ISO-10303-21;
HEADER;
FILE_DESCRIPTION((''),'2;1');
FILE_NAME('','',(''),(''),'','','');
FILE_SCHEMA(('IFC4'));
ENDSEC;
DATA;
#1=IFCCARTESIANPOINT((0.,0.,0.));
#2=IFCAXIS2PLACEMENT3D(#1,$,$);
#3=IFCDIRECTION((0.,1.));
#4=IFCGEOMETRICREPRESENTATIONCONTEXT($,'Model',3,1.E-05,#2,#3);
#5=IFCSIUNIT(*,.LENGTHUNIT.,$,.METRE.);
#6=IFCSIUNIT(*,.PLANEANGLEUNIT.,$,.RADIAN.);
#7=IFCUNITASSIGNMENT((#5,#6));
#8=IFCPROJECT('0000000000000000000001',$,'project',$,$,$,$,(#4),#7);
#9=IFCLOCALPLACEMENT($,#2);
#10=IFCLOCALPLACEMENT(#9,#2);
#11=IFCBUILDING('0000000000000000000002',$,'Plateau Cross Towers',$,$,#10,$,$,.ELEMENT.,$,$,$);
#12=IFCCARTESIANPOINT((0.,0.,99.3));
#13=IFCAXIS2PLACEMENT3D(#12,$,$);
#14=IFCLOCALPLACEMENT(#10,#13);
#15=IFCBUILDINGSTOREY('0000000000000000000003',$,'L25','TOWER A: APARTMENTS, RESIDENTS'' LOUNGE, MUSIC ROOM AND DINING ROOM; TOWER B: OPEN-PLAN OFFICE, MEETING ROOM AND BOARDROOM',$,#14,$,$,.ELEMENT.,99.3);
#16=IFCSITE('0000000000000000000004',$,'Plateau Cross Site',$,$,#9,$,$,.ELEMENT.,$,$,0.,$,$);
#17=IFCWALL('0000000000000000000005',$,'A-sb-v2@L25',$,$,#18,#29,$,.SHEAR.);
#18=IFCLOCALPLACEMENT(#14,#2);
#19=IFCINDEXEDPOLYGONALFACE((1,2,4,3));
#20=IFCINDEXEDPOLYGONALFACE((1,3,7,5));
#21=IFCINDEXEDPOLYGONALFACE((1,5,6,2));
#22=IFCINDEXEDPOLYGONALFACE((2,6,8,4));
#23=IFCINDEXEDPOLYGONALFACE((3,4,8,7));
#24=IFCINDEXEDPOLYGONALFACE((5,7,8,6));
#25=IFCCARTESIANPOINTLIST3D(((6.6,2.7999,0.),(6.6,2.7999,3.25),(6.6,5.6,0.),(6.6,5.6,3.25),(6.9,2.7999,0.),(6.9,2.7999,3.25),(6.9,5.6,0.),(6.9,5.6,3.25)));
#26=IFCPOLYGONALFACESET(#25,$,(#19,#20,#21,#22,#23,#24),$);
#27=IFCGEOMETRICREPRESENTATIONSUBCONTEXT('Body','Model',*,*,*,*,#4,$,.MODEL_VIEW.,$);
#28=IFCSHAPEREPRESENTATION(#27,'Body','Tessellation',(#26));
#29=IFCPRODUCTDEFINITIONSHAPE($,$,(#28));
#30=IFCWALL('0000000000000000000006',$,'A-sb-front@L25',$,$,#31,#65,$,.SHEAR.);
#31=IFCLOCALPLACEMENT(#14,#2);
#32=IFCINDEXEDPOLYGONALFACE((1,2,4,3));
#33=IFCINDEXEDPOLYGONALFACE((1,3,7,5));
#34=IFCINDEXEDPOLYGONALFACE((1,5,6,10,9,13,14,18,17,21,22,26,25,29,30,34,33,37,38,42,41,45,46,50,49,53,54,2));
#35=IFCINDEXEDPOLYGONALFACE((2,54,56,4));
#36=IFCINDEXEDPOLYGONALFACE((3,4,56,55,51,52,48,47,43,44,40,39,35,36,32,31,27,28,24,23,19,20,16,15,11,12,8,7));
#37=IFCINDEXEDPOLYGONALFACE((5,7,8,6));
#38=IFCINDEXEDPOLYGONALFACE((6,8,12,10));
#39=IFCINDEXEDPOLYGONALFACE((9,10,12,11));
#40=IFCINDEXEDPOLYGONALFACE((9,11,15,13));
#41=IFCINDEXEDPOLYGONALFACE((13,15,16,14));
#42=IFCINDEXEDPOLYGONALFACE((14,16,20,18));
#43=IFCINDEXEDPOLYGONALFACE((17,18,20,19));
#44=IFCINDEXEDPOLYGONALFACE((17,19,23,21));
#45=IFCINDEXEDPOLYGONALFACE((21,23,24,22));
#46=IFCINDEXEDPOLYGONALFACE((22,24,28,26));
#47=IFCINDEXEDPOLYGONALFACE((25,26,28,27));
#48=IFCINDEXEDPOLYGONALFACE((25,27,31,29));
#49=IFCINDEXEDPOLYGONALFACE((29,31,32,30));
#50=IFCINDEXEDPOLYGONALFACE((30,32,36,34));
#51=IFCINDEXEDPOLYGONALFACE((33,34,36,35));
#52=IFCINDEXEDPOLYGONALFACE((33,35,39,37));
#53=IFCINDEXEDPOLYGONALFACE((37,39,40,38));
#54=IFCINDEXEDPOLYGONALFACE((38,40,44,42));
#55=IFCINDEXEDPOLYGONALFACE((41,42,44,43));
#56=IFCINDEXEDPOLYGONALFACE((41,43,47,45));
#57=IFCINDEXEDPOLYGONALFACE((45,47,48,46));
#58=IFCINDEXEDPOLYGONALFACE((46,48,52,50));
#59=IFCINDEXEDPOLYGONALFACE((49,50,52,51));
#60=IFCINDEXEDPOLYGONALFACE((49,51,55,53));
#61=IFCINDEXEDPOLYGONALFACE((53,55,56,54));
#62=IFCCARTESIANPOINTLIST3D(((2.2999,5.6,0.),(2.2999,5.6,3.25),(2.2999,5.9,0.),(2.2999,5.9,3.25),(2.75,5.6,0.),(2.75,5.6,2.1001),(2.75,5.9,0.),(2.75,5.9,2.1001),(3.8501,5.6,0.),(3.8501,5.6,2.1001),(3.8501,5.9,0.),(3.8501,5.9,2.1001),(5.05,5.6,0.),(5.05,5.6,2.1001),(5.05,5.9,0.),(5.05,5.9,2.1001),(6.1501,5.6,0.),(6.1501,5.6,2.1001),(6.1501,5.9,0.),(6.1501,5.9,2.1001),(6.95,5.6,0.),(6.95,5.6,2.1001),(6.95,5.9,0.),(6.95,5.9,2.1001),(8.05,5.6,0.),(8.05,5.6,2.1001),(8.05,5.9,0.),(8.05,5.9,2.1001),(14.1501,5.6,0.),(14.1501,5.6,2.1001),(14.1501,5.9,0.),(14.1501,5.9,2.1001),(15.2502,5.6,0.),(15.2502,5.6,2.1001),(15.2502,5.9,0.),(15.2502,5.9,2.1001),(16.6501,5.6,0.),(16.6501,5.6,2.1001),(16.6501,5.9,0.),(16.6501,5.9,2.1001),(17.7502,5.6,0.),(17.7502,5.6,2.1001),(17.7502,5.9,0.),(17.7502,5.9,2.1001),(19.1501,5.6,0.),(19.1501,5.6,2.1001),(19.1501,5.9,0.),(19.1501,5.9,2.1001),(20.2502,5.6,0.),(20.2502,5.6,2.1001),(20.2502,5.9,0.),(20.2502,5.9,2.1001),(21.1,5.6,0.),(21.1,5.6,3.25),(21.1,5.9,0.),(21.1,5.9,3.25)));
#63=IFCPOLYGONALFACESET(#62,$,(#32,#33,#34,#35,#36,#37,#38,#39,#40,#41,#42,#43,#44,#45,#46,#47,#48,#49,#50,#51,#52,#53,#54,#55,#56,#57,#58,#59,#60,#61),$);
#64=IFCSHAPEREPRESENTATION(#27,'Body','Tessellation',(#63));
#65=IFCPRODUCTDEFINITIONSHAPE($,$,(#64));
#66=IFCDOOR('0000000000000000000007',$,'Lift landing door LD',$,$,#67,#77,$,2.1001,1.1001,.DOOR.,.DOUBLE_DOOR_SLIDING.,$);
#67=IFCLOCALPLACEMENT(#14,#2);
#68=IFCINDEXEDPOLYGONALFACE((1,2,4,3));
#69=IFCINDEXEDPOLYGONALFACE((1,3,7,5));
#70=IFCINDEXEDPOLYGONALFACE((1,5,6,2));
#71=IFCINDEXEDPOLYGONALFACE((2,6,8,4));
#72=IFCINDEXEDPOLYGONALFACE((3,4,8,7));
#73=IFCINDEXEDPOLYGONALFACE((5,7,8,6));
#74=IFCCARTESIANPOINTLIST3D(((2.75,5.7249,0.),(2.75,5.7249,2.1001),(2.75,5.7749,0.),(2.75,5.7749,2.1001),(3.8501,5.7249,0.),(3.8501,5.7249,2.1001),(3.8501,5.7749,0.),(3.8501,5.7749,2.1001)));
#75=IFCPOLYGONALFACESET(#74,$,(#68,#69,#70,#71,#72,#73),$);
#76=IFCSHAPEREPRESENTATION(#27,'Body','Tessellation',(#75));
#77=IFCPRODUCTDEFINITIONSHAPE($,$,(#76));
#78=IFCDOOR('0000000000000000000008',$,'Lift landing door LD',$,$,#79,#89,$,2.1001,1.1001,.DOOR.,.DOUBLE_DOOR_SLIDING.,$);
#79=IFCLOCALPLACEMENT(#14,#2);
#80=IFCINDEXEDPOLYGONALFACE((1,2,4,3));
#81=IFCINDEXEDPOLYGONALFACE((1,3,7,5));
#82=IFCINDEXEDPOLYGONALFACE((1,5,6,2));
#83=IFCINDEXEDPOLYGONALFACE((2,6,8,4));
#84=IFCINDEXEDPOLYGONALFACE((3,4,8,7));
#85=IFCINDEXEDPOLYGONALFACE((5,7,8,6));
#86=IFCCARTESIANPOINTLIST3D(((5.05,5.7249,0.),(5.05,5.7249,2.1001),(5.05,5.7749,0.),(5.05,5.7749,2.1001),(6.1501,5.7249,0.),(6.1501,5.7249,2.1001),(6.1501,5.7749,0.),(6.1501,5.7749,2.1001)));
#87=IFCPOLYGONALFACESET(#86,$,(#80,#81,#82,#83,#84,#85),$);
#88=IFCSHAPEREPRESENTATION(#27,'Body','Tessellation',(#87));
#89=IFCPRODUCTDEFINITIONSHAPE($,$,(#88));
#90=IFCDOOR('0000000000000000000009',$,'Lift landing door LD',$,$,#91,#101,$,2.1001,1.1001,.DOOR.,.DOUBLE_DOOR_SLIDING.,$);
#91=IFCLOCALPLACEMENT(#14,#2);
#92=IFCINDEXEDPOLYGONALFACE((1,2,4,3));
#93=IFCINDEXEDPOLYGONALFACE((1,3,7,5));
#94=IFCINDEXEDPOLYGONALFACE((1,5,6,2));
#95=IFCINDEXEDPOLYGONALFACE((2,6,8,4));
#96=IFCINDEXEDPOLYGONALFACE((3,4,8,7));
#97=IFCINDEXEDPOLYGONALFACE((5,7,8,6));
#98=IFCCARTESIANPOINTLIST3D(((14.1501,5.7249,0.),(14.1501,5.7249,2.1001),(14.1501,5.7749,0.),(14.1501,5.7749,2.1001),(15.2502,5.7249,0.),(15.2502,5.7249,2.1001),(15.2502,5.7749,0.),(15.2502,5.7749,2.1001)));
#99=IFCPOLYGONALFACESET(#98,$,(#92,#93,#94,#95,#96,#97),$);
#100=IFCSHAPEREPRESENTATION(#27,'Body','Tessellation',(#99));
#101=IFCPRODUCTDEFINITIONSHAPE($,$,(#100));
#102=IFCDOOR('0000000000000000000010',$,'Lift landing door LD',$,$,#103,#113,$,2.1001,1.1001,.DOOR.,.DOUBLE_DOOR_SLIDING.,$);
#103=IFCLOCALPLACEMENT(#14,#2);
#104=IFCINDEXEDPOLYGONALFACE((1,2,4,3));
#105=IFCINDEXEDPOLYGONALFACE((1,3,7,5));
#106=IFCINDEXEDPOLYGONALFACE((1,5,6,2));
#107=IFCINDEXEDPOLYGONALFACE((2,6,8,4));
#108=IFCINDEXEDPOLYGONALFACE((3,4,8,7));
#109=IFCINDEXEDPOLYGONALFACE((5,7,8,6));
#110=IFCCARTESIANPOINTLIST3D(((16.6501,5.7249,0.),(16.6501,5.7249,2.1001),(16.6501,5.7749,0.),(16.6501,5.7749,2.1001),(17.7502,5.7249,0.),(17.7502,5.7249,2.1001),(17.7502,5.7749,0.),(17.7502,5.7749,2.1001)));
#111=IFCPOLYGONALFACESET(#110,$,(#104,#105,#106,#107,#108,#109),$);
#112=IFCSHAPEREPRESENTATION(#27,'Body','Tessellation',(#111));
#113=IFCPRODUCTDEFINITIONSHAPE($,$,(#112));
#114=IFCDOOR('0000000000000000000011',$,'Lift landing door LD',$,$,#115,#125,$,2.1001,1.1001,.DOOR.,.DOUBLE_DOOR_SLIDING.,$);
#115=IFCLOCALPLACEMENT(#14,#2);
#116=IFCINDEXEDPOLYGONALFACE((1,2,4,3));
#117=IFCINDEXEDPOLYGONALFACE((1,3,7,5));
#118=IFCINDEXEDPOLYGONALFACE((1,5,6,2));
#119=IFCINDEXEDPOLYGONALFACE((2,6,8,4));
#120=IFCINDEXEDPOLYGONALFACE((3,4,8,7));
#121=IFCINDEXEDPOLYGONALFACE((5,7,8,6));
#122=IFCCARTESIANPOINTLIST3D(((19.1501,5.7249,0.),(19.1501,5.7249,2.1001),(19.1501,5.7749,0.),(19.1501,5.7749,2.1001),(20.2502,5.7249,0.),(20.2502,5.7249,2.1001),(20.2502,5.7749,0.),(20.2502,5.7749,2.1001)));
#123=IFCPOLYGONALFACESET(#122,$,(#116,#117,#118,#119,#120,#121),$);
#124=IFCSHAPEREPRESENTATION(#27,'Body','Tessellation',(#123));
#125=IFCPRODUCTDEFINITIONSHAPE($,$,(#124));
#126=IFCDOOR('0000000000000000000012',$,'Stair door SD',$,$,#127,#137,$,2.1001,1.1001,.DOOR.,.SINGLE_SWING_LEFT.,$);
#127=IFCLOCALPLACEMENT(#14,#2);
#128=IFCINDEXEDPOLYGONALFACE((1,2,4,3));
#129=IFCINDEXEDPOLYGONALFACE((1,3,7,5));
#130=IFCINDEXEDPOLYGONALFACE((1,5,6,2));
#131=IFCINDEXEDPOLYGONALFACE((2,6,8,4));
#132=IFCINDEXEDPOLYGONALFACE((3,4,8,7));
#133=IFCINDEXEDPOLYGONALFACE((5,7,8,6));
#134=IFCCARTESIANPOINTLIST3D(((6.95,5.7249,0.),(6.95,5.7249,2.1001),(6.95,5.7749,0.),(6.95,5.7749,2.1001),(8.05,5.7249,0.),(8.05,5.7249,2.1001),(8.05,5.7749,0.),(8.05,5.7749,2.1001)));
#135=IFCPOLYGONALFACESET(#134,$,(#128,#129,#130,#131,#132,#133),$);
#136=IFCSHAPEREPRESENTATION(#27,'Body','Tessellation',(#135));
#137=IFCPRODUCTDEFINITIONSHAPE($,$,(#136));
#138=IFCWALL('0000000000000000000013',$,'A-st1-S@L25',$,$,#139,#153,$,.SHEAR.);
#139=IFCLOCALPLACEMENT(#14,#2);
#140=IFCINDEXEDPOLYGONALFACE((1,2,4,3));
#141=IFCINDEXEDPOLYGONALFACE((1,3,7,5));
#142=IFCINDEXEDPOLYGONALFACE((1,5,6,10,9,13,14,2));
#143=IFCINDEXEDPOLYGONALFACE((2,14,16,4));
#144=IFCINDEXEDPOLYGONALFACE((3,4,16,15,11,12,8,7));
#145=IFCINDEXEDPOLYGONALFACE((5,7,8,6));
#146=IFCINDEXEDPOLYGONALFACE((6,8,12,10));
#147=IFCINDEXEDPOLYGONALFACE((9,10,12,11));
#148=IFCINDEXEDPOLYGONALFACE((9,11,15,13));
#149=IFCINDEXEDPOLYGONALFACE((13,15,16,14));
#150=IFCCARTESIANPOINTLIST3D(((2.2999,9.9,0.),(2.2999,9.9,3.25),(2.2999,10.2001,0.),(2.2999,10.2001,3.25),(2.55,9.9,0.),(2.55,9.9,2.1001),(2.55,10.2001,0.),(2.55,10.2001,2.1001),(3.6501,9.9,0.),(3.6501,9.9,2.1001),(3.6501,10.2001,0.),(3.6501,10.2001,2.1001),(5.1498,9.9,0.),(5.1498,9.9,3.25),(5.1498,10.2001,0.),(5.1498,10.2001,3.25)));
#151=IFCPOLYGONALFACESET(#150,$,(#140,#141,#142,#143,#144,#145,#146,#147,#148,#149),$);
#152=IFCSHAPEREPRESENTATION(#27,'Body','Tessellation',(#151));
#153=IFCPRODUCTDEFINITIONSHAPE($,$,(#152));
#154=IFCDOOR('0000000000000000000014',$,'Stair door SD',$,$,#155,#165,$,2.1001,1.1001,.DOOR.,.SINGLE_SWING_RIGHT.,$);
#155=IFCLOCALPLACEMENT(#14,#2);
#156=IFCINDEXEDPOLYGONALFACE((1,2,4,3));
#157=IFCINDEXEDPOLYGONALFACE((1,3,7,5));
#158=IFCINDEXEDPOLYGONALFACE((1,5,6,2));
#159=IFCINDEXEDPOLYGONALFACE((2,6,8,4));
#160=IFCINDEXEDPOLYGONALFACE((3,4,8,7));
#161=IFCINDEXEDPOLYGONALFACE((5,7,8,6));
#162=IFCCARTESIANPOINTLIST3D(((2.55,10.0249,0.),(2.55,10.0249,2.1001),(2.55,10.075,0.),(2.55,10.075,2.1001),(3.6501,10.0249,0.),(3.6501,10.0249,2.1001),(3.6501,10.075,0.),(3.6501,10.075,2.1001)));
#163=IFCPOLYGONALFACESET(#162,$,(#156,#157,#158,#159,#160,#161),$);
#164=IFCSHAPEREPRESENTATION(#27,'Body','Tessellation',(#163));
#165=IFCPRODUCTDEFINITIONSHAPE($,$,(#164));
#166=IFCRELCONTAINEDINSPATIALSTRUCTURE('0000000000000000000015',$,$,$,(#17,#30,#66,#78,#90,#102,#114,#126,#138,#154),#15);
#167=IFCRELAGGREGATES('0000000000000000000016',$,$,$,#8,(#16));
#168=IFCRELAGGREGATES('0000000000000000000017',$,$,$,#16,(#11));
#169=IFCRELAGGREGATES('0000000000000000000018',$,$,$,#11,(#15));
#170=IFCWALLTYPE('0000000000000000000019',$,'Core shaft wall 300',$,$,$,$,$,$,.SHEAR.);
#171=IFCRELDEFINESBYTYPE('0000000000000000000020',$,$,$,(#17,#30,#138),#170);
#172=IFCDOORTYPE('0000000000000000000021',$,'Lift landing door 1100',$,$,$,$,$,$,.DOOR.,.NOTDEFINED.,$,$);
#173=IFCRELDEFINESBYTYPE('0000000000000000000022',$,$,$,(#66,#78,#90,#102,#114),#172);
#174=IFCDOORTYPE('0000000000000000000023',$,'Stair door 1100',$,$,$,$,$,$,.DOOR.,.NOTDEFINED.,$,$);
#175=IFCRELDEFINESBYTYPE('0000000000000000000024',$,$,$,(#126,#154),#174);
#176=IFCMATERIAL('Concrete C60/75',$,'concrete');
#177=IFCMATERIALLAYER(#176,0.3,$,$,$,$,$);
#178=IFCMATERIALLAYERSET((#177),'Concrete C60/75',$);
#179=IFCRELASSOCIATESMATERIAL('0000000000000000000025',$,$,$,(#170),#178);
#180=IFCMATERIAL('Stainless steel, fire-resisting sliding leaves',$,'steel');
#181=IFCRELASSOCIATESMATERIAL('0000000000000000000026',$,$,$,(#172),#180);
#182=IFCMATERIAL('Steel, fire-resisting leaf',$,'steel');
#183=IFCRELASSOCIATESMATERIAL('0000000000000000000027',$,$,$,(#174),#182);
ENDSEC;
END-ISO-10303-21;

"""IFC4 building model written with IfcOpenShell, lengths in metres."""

from ifc_helpers import new_model, si_unit, direction, frame, frame_2d, origin, place, context, subcontext, project, spatial, rectangle, extrude, material, layer, layer_set, type_object, element, fill, save


model = new_model("IFC4")

# Units and contexts
model_context = context("Model", 3, precision=1e-05, world=origin(), true_north=direction((0.0, 1.0)))
body_context = subcontext(model_context, "Body", "Model", "MODEL_VIEW")
ifc_project = project(units=[si_unit("LENGTHUNIT", "METRE"), si_unit("PLANEANGLEUNIT", "RADIAN")], contexts=[model_context])

# Site, building, storey
site_placement = place(None, origin())
site = spatial("IfcSite", under=ifc_project, at=site_placement, Name="Plateau Cross Site", CompositionType="ELEMENT", RefElevation=0.0)
building_placement = place(site_placement, origin())
building = spatial("IfcBuilding", under=site, at=building_placement, Name="Plateau Cross Towers", CompositionType="ELEMENT")
storey_placement = place(building_placement, frame((0.0, 0.0, 99.3)))
storey = spatial("IfcBuildingStorey", under=building, at=storey_placement, Name="L25", Description="TOWER A: APARTMENTS, RESIDENTS' LOUNGE, MUSIC ROOM AND DINING ROOM; TOWER B: OPEN-PLAN OFFICE, MEETING ROOM AND BOARDROOM", CompositionType="ELEMENT", Elevation=99.3)

# Shared definitions
ifc_material_1 = material(Name="Steel, fire-resisting leaf", Category="steel")

# Wall
ifc_material_2 = material(Name="Concrete C60/75", Category="concrete")
ifc_layer_1 = layer(ifc_material_2, 0.3)
ifc_layer_set_1 = layer_set([ifc_layer_1], Name="Concrete C60/75")
wall_type_1 = type_object("IfcWallType", Name="Core shaft wall 300", PredefinedType="SHEAR", material=ifc_layer_set_1)
wall_1_placement = place(storey_placement, frame((6.75, 2.8, 0.0), z_axis=(0.0, 0.0, 1.0), x_axis=(0.0, 1.0, 0.0)))
element("IfcWall", 1, at=wall_1_placement, inside=storey, type_object=wall_type_1, Name="A-sb-v2@L25", PredefinedType="SHEAR", context=body_context, shape_type="SweptSolid", body=[
    extrude(rectangle(XDim=2.8, YDim=0.3, at=frame_2d((1.3999, 0.0))), origin(), (0.0, 0.0, 1.0), 3.25),
])

# Wall, openings, doors
wall_2_placement = place(storey_placement, frame((2.3, 5.75, 0.0), z_axis=(0.0, 0.0, 1.0), x_axis=(1.0, 0.0, 0.0)))
wall_2 = element("IfcWall", 2, at=wall_2_placement, inside=storey, type_object=wall_type_1, Name="A-sb-front@L25", PredefinedType="SHEAR", context=body_context, shape_type="SweptSolid", body=[
    extrude(rectangle(XDim=18.8, YDim=0.3, at=frame_2d((9.3999, 0.0))), origin(), (0.0, 0.0, 1.0), 3.25),
])
opening_1_placement = place(wall_2_placement, frame((4.6499, 0.0, 0.0)))
opening_1 = element("IfcOpeningElement", 3, at=opening_1_placement, cuts=wall_2, PredefinedType="OPENING", context=body_context, shape_type="SweptSolid", body=[
    extrude(rectangle(XDim=1.1001, YDim=2.1001, at=frame_2d((0.55, 1.05))), frame((0.0, 0.1599, 0.0), z_axis=(0.0, -1.0, 0.0), x_axis=(1.0, 0.0, 0.0)), (0.0, 0.0, 1.0), 0.3201),
])
opening_2_placement = place(wall_2_placement, frame((0.45, 0.0, 0.0)))
opening_2 = element("IfcOpeningElement", 4, at=opening_2_placement, cuts=wall_2, PredefinedType="OPENING", context=body_context, shape_type="SweptSolid", body=[
    extrude(rectangle(XDim=1.1001, YDim=2.1001, at=frame_2d((0.55, 1.05))), frame((0.0, 0.1599, 0.0), z_axis=(0.0, -1.0, 0.0), x_axis=(1.0, 0.0, 0.0)), (0.0, 0.0, 1.0), 0.3201),
])
opening_3_placement = place(wall_2_placement, frame((2.75, 0.0, 0.0)))
opening_3 = element("IfcOpeningElement", 5, at=opening_3_placement, cuts=wall_2, PredefinedType="OPENING", context=body_context, shape_type="SweptSolid", body=[
    extrude(rectangle(XDim=1.1001, YDim=2.1001, at=frame_2d((0.55, 1.05))), frame((0.0, 0.1599, 0.0), z_axis=(0.0, -1.0, 0.0), x_axis=(1.0, 0.0, 0.0)), (0.0, 0.0, 1.0), 0.3201),
])
opening_4_placement = place(wall_2_placement, frame((11.8501, 0.0, 0.0)))
opening_4 = element("IfcOpeningElement", 6, at=opening_4_placement, cuts=wall_2, PredefinedType="OPENING", context=body_context, shape_type="SweptSolid", body=[
    extrude(rectangle(XDim=1.1001, YDim=2.1001, at=frame_2d((0.55, 1.05))), frame((0.0, 0.1599, 0.0), z_axis=(0.0, -1.0, 0.0), x_axis=(1.0, 0.0, 0.0)), (0.0, 0.0, 1.0), 0.3201),
])
opening_5_placement = place(wall_2_placement, frame((14.3501, 0.0, 0.0)))
opening_5 = element("IfcOpeningElement", 7, at=opening_5_placement, cuts=wall_2, PredefinedType="OPENING", context=body_context, shape_type="SweptSolid", body=[
    extrude(rectangle(XDim=1.1001, YDim=2.1001, at=frame_2d((0.55, 1.05))), frame((0.0, 0.1599, 0.0), z_axis=(0.0, -1.0, 0.0), x_axis=(1.0, 0.0, 0.0)), (0.0, 0.0, 1.0), 0.3201),
])
opening_6_placement = place(wall_2_placement, frame((16.8501, 0.0, 0.0)))
opening_6 = element("IfcOpeningElement", 8, at=opening_6_placement, cuts=wall_2, PredefinedType="OPENING", context=body_context, shape_type="SweptSolid", body=[
    extrude(rectangle(XDim=1.1001, YDim=2.1001, at=frame_2d((0.55, 1.05))), frame((0.0, 0.1599, 0.0), z_axis=(0.0, -1.0, 0.0), x_axis=(1.0, 0.0, 0.0)), (0.0, 0.0, 1.0), 0.3201),
])
ifc_material_3 = material(Name="Stainless steel, fire-resisting sliding leaves", Category="steel")
door_type_1 = type_object("IfcDoorType", Name="Lift landing door 1100", OperationType="NOTDEFINED", PredefinedType="DOOR", material=ifc_material_3)
door_1_placement = place(opening_2_placement, origin())
door_1 = element("IfcDoor", 9, at=door_1_placement, inside=storey, type_object=door_type_1, Name="Lift landing door LD", OperationType="DOUBLE_DOOR_SLIDING", OverallHeight=2.1001, OverallWidth=1.1001, PredefinedType="DOOR", context=body_context, shape_type="SweptSolid", body=[
    extrude(rectangle(XDim=1.1001, YDim=2.1001, at=frame_2d((0.55, 1.05))), frame((0.0, 0.0249, 0.0), z_axis=(0.0, -1.0, 0.0), x_axis=(1.0, 0.0, 0.0)), (0.0, 0.0, 1.0), 0.05),
])
fill(opening_2, door_1)
door_2_placement = place(opening_3_placement, origin())
door_2 = element("IfcDoor", 10, at=door_2_placement, inside=storey, type_object=door_type_1, Name="Lift landing door LD", OperationType="DOUBLE_DOOR_SLIDING", OverallHeight=2.1001, OverallWidth=1.1001, PredefinedType="DOOR", context=body_context, shape_type="SweptSolid", body=[
    extrude(rectangle(XDim=1.1001, YDim=2.1001, at=frame_2d((0.55, 1.05))), frame((0.0, 0.0249, 0.0), z_axis=(0.0, -1.0, 0.0), x_axis=(1.0, 0.0, 0.0)), (0.0, 0.0, 1.0), 0.05),
])
fill(opening_3, door_2)
door_3_placement = place(opening_4_placement, origin())
door_3 = element("IfcDoor", 11, at=door_3_placement, inside=storey, type_object=door_type_1, Name="Lift landing door LD", OperationType="DOUBLE_DOOR_SLIDING", OverallHeight=2.1001, OverallWidth=1.1001, PredefinedType="DOOR", context=body_context, shape_type="SweptSolid", body=[
    extrude(rectangle(XDim=1.1001, YDim=2.1001, at=frame_2d((0.55, 1.05))), frame((0.0, 0.0249, 0.0), z_axis=(0.0, -1.0, 0.0), x_axis=(1.0, 0.0, 0.0)), (0.0, 0.0, 1.0), 0.05),
])
fill(opening_4, door_3)
door_4_placement = place(opening_5_placement, origin())
door_4 = element("IfcDoor", 12, at=door_4_placement, inside=storey, type_object=door_type_1, Name="Lift landing door LD", OperationType="DOUBLE_DOOR_SLIDING", OverallHeight=2.1001, OverallWidth=1.1001, PredefinedType="DOOR", context=body_context, shape_type="SweptSolid", body=[
    extrude(rectangle(XDim=1.1001, YDim=2.1001, at=frame_2d((0.55, 1.05))), frame((0.0, 0.0249, 0.0), z_axis=(0.0, -1.0, 0.0), x_axis=(1.0, 0.0, 0.0)), (0.0, 0.0, 1.0), 0.05),
])
fill(opening_5, door_4)
door_5_placement = place(opening_6_placement, origin())
door_5 = element("IfcDoor", 13, at=door_5_placement, inside=storey, type_object=door_type_1, Name="Lift landing door LD", OperationType="DOUBLE_DOOR_SLIDING", OverallHeight=2.1001, OverallWidth=1.1001, PredefinedType="DOOR", context=body_context, shape_type="SweptSolid", body=[
    extrude(rectangle(XDim=1.1001, YDim=2.1001, at=frame_2d((0.55, 1.05))), frame((0.0, 0.0249, 0.0), z_axis=(0.0, -1.0, 0.0), x_axis=(1.0, 0.0, 0.0)), (0.0, 0.0, 1.0), 0.05),
])
fill(opening_6, door_5)
door_type_2 = type_object("IfcDoorType", Name="Stair door 1100", OperationType="NOTDEFINED", PredefinedType="DOOR", material=ifc_material_1)
door_6_placement = place(opening_1_placement, origin())
door_6 = element("IfcDoor", 14, at=door_6_placement, inside=storey, type_object=door_type_2, Name="Stair door SD", OperationType="SINGLE_SWING_LEFT", OverallHeight=2.1001, OverallWidth=1.1001, PredefinedType="DOOR", context=body_context, shape_type="SweptSolid", body=[
    extrude(rectangle(XDim=1.1001, YDim=2.1001, at=frame_2d((0.55, 1.05))), frame((0.0, 0.0249, 0.0), z_axis=(0.0, -1.0, 0.0), x_axis=(1.0, 0.0, 0.0)), (0.0, 0.0, 1.0), 0.05),
])
fill(opening_1, door_6)

# Wall, opening, door
wall_3_placement = place(storey_placement, frame((2.3, 10.05, 0.0), z_axis=(0.0, 0.0, 1.0), x_axis=(1.0, 0.0, 0.0)))
wall_3 = element("IfcWall", 15, at=wall_3_placement, inside=storey, type_object=wall_type_1, Name="A-st1-S@L25", PredefinedType="SHEAR", context=body_context, shape_type="SweptSolid", body=[
    extrude(rectangle(XDim=2.8499, YDim=0.3, at=frame_2d((1.4248, 0.0))), origin(), (0.0, 0.0, 1.0), 3.25),
])
opening_7_placement = place(wall_3_placement, frame((0.25, 0.0, 0.0)))
opening_7 = element("IfcOpeningElement", 16, at=opening_7_placement, cuts=wall_3, PredefinedType="OPENING", context=body_context, shape_type="SweptSolid", body=[
    extrude(rectangle(XDim=1.1001, YDim=2.1001, at=frame_2d((0.55, 1.05))), frame((0.0, 0.1599, 0.0), z_axis=(0.0, -1.0, 0.0), x_axis=(1.0, 0.0, 0.0)), (0.0, 0.0, 1.0), 0.3201),
])
door_7_placement = place(opening_7_placement, origin())
door_7 = element("IfcDoor", 17, at=door_7_placement, inside=storey, type_object=door_type_2, Name="Stair door SD", OperationType="SINGLE_SWING_RIGHT", OverallHeight=2.1001, OverallWidth=1.1001, PredefinedType="DOOR", context=body_context, shape_type="SweptSolid", body=[
    extrude(rectangle(XDim=1.1001, YDim=2.1001, at=frame_2d((0.55, 1.05))), frame((0.0, 0.0249, 0.0), z_axis=(0.0, -1.0, 0.0), x_axis=(1.0, 0.0, 0.0)), (0.0, 0.0, 1.0), 0.05),
])
fill(opening_7, door_7)

save(model, "model.ifc")
